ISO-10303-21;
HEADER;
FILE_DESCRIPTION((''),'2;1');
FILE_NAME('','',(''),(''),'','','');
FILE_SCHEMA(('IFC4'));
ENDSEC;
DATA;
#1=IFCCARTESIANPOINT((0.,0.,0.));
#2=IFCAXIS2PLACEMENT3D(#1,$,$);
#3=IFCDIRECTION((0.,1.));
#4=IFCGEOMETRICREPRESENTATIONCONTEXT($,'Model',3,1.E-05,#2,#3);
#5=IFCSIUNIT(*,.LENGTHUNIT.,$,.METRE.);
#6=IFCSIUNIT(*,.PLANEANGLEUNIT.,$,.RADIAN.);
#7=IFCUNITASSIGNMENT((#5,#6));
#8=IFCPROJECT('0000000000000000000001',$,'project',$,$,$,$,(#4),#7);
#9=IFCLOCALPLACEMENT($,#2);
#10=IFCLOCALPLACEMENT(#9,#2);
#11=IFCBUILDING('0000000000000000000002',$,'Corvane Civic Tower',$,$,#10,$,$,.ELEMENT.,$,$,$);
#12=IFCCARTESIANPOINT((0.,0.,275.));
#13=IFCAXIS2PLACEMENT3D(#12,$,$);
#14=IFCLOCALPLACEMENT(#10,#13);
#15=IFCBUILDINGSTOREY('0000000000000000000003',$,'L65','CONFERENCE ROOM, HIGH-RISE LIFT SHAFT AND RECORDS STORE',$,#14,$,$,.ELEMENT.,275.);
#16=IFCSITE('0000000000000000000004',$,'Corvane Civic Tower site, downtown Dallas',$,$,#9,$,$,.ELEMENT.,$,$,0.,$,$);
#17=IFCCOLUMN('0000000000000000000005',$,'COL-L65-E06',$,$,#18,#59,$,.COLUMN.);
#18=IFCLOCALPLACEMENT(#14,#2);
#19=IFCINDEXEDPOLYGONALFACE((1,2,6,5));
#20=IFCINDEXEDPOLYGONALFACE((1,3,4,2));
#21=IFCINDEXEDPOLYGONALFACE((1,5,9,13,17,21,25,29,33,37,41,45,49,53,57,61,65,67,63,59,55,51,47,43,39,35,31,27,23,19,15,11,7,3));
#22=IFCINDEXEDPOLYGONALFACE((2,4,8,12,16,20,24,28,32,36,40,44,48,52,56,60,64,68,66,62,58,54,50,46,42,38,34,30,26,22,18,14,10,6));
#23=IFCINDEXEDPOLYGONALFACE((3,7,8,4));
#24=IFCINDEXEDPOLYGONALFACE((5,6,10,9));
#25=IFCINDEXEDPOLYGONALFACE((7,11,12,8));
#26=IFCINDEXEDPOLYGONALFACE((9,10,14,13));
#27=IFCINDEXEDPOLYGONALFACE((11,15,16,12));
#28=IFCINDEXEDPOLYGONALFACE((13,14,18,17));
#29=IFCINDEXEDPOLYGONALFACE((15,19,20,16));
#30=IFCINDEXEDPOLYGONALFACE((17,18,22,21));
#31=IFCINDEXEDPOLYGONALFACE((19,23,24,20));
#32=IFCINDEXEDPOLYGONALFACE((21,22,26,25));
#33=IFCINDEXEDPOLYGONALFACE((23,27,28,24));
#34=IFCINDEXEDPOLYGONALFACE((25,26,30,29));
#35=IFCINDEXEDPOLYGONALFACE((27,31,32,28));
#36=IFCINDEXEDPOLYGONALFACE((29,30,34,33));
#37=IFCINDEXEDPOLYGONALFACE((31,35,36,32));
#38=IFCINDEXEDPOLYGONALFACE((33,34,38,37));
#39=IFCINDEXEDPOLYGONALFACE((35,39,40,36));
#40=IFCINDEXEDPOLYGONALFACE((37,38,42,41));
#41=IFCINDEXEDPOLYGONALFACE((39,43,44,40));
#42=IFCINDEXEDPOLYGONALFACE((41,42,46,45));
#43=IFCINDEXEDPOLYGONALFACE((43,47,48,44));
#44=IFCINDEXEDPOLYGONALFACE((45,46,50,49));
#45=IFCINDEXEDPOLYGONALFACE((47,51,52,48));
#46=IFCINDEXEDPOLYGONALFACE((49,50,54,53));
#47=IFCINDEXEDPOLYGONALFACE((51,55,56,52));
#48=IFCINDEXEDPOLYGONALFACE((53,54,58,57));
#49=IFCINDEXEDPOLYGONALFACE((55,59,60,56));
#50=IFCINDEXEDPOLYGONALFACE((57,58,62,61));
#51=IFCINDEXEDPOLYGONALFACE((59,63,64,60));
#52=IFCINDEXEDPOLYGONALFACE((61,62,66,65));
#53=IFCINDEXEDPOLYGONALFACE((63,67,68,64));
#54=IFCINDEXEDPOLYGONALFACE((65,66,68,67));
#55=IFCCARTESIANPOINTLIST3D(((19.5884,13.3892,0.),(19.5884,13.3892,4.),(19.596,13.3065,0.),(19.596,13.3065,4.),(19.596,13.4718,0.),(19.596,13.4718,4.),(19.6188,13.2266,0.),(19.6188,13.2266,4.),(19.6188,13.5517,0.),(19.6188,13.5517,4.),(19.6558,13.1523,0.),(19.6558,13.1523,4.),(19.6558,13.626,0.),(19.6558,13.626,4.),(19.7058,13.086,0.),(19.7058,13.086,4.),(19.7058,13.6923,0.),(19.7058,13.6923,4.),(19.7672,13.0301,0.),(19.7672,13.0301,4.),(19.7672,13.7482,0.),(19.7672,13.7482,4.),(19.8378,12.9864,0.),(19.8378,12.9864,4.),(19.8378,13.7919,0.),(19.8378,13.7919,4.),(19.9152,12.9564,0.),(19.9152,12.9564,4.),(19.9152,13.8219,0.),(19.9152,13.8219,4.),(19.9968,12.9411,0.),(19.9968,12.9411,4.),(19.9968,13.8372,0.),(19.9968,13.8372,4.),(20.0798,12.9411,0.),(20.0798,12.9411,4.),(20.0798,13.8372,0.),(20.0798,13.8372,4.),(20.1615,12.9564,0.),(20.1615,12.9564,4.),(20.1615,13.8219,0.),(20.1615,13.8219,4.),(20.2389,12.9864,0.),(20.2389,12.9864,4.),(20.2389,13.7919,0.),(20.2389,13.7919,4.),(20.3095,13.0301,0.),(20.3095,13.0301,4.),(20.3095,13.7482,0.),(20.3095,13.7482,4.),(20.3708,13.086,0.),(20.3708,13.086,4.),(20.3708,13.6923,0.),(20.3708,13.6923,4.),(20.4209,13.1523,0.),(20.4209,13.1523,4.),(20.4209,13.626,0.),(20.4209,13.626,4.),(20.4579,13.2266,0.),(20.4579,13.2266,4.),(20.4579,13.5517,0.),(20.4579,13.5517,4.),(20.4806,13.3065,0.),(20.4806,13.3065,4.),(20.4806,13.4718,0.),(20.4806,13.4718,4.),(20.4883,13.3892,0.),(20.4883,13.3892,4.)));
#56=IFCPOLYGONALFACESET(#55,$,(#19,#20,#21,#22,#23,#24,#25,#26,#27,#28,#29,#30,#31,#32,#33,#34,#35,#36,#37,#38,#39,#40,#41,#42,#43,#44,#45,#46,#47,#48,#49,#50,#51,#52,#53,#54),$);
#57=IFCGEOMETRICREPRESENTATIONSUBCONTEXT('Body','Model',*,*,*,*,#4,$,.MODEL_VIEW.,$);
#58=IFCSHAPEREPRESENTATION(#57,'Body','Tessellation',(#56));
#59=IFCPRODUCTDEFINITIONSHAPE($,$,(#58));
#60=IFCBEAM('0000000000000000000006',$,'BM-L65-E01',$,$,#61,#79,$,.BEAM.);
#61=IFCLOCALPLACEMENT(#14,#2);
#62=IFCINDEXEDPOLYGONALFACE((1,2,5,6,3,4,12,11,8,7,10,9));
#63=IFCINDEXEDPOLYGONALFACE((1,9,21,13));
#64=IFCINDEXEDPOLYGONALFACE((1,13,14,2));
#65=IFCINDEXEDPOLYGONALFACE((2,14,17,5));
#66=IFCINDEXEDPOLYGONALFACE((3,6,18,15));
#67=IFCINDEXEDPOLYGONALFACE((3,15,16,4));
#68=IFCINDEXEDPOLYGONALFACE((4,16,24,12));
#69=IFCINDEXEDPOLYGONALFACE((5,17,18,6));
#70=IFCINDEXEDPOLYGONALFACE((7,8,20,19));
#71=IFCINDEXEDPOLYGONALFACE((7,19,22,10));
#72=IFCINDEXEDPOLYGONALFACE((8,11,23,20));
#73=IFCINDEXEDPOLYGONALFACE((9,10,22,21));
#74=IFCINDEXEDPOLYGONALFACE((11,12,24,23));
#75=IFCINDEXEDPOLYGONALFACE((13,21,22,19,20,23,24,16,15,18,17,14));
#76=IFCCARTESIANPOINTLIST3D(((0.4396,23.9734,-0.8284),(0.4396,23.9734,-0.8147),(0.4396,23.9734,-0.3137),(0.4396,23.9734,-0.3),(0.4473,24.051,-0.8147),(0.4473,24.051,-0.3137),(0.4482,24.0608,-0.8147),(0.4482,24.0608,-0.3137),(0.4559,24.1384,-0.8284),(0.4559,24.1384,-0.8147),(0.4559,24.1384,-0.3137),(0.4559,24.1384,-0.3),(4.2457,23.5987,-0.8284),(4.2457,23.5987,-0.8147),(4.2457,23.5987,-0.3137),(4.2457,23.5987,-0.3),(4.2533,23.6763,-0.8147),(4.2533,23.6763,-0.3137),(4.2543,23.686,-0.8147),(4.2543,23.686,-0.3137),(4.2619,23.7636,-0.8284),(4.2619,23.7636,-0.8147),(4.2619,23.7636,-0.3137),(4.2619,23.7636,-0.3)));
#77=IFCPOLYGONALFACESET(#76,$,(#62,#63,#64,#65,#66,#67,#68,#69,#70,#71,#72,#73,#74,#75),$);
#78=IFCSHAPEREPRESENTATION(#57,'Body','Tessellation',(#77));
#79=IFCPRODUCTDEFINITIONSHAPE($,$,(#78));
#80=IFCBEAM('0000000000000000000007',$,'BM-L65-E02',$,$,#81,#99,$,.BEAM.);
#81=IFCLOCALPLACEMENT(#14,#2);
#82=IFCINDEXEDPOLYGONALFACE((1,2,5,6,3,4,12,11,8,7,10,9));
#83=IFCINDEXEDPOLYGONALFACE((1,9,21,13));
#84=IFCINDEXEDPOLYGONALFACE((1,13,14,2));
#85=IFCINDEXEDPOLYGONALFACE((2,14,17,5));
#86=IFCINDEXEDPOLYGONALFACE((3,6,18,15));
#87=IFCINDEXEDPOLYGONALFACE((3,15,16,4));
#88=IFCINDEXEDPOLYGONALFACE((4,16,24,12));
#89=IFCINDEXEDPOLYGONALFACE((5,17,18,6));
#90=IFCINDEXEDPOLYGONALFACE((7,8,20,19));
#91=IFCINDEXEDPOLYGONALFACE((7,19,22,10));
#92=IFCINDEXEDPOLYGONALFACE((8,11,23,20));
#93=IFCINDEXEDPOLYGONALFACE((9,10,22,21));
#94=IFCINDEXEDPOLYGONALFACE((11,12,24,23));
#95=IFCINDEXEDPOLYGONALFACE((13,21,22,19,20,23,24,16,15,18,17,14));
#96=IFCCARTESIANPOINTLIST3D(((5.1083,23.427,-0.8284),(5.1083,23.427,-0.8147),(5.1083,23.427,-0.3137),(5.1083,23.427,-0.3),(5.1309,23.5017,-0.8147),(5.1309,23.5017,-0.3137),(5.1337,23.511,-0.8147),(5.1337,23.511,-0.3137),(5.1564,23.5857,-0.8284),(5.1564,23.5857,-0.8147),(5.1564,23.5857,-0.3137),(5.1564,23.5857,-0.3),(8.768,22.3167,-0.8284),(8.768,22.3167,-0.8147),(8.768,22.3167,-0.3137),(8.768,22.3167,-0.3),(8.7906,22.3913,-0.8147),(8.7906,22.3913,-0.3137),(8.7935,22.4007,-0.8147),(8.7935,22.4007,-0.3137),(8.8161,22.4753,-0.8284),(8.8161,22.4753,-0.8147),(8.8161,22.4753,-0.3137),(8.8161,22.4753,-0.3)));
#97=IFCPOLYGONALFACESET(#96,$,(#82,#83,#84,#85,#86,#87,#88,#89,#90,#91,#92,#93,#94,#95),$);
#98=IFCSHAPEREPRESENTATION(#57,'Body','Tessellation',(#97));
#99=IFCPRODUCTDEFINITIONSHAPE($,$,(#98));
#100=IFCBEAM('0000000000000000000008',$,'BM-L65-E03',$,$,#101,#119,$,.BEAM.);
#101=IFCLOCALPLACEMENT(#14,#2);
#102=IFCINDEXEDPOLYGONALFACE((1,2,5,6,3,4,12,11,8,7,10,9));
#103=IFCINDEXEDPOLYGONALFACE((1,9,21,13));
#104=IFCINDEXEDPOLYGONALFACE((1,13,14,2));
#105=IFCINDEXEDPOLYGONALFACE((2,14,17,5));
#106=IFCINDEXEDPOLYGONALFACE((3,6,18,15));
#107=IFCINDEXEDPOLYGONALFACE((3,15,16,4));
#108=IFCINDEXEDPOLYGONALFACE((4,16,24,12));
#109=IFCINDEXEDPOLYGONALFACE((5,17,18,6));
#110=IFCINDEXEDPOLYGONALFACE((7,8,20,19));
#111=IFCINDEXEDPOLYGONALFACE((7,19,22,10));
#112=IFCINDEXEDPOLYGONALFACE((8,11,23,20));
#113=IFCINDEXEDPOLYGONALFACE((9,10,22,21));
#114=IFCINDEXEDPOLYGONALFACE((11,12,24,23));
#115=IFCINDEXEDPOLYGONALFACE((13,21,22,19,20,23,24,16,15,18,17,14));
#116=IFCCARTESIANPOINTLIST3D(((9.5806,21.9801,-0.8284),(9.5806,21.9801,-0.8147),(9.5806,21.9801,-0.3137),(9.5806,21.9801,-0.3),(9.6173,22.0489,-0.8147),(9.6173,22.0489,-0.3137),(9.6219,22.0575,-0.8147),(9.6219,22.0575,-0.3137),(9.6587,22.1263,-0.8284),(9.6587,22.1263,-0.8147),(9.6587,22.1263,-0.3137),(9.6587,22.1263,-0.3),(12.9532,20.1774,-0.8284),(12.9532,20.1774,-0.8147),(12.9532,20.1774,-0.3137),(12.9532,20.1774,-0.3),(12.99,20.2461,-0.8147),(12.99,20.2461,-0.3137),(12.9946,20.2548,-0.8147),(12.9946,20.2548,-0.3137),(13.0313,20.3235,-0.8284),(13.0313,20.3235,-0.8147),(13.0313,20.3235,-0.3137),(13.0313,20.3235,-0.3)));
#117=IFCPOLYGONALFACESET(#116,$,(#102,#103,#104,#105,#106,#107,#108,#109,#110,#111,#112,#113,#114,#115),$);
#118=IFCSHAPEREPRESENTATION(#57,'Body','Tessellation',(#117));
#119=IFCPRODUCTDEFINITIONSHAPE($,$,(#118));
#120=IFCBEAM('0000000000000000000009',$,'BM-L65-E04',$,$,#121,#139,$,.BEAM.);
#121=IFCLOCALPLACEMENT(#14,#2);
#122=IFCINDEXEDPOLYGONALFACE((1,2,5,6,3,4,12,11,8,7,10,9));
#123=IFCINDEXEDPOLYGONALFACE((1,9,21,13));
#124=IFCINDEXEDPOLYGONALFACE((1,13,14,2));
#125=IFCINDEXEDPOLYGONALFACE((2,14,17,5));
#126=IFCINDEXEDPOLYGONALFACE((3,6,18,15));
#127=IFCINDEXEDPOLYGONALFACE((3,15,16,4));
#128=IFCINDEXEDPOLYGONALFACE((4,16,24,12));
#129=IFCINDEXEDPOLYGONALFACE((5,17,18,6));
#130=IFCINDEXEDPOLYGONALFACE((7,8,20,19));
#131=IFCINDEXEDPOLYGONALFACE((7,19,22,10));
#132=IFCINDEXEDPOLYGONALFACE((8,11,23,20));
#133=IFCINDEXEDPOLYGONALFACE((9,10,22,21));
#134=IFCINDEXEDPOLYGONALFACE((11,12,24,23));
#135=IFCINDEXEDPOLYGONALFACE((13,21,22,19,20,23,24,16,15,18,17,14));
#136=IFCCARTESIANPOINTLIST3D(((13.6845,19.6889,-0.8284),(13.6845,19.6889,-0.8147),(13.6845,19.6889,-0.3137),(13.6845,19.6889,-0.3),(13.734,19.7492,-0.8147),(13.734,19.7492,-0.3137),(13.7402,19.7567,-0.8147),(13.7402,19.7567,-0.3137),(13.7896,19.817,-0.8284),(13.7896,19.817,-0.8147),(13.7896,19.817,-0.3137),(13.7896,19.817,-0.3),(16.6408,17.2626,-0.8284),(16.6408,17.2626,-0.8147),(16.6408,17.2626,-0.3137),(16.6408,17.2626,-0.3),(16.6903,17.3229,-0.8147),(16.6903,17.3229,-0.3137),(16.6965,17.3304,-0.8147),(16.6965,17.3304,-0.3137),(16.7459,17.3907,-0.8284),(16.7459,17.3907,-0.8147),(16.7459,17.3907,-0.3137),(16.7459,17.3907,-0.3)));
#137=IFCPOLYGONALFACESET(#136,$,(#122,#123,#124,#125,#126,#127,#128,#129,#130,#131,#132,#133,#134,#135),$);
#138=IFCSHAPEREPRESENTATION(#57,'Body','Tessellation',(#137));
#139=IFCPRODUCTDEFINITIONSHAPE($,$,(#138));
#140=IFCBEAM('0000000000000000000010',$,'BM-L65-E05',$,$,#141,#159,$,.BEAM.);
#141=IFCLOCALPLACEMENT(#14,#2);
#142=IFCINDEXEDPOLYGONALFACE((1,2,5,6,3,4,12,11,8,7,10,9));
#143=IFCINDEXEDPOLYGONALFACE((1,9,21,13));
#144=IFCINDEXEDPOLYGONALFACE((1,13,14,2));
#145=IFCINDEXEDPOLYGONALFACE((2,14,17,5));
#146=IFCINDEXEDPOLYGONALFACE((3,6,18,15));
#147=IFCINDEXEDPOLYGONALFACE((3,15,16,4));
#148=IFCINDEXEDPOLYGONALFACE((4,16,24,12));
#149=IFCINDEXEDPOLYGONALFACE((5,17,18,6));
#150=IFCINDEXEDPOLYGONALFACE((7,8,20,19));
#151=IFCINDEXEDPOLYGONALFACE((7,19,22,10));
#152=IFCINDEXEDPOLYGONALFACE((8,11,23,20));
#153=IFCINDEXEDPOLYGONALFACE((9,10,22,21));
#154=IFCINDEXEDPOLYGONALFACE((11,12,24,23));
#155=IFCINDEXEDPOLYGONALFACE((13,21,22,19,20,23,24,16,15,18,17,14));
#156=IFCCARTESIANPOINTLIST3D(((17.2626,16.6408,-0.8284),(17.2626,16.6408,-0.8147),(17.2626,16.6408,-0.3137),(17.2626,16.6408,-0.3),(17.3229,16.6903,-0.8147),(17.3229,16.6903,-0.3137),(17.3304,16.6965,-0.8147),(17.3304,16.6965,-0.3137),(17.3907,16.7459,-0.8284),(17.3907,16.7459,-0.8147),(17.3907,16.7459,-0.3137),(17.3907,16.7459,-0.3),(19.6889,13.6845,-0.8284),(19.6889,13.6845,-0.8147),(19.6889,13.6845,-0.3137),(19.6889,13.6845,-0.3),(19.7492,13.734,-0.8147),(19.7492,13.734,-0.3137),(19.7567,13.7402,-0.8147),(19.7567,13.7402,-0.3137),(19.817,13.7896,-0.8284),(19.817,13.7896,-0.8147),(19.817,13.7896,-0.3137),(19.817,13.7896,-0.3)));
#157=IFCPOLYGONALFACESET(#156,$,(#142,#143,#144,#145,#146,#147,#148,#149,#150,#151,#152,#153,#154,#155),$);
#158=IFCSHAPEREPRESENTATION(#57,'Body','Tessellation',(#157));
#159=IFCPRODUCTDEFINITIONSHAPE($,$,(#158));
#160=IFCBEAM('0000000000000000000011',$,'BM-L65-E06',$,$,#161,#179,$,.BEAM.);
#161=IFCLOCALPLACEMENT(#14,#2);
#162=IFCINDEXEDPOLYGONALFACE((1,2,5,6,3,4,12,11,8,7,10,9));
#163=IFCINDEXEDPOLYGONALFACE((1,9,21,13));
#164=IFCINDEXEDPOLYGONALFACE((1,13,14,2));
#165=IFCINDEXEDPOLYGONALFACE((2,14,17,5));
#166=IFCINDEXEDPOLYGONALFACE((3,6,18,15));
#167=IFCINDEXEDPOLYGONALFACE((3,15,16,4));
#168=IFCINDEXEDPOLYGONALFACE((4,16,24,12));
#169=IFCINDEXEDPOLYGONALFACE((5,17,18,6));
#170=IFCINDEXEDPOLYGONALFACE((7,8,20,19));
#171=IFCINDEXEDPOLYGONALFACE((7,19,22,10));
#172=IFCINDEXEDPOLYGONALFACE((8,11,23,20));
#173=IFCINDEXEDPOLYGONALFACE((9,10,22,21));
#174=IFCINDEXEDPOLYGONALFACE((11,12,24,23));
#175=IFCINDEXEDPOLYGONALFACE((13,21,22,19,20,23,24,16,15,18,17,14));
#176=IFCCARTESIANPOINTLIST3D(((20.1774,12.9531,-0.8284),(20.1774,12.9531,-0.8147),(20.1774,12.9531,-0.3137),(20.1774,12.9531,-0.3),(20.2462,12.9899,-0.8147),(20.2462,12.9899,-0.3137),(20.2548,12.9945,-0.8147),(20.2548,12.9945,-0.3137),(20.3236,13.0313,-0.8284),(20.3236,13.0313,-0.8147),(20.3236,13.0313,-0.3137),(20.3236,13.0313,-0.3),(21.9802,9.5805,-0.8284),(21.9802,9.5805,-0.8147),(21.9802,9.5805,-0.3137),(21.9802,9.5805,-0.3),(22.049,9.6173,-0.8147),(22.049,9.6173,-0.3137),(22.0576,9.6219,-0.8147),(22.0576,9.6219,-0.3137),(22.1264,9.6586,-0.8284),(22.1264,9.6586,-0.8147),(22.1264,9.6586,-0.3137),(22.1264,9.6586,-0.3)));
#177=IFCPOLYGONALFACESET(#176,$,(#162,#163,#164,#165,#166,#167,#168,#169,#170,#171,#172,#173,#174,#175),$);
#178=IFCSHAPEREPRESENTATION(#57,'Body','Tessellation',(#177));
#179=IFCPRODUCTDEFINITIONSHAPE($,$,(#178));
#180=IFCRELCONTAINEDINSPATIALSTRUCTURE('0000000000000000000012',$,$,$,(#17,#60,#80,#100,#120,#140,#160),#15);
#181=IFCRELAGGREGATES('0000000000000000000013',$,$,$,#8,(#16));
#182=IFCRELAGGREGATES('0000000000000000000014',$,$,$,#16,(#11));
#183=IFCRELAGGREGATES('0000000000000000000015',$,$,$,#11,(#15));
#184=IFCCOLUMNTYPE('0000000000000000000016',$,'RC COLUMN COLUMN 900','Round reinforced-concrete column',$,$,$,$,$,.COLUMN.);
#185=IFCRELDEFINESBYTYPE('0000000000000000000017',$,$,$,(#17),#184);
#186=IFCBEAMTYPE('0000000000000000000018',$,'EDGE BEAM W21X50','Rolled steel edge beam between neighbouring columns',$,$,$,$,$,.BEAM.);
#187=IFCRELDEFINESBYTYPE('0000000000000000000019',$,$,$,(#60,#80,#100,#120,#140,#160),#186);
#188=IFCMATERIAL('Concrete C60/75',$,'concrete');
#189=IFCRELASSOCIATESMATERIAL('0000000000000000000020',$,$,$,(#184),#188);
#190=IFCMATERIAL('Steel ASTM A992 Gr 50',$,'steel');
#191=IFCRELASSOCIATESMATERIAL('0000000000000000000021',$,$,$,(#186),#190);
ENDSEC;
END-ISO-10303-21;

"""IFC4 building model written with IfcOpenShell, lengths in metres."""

from ifc_helpers import new_model, si_unit, direction, frame, origin, origin_2d, place, context, subcontext, project, spatial, circle, i_section, extrude, material, material_profile, profile_set, type_object, element, save


model = new_model("IFC4")

# Units and contexts
model_context = context("Model", 3, precision=1e-05, world=origin(), true_north=direction((0.0, 1.0)))
body_context = subcontext(model_context, "Body", "Model", "MODEL_VIEW")
ifc_project = project(units=[si_unit("LENGTHUNIT", "METRE"), si_unit("PLANEANGLEUNIT", "RADIAN")], contexts=[model_context])

# Site, building, storey
site_placement = place(None, origin())
site = spatial("IfcSite", under=ifc_project, at=site_placement, Name="Corvane Civic Tower site, downtown Dallas", CompositionType="ELEMENT", RefElevation=0.0)
building_placement = place(site_placement, origin())
building = spatial("IfcBuilding", under=site, at=building_placement, Name="Corvane Civic Tower", CompositionType="ELEMENT")
storey_placement = place(building_placement, frame((0.0, 0.0, 275.0)))
storey = spatial("IfcBuildingStorey", under=building, at=storey_placement, Name="L65", Description="CONFERENCE ROOM, HIGH-RISE LIFT SHAFT AND RECORDS STORE", CompositionType="ELEMENT", Elevation=275.0)

# Column
ifc_material_1 = material(Name="Concrete C60/75", Category="concrete")
ifc_material_profile_1 = material_profile(ifc_material_1, circle(Radius=0.45, at=origin_2d()), Name="COLUMN 900")
ifc_profile_set_1 = profile_set([ifc_material_profile_1], Name="Concrete C60/75")
column_type = type_object("IfcColumnType", Name="RC COLUMN COLUMN 900", Description="Round reinforced-concrete column", PredefinedType="COLUMN", material=ifc_profile_set_1)
for number, where, z_axis, x_axis, name in (
    (1, (20.0383, 13.3892, 0.0), (0.0, 0.0, 1.0), (1.0, 0.0, 0.0), "COL-L65-E06"),
):
    element("IfcColumn", number, at=place(storey_placement, frame(where, z_axis=z_axis, x_axis=x_axis)), inside=storey, type_object=column_type, Name=name, PredefinedType="COLUMN", context=body_context, shape_type="SweptSolid", body=[
        extrude(circle(Radius=0.45, at=origin_2d()), origin(), (0.0, 0.0, 1.0), 4.0),
    ])

# Beams
ifc_material_2 = material(Name="Steel ASTM A992 Gr 50", Category="steel")
ifc_material_profile_2 = material_profile(ifc_material_2, i_section(OverallWidth=0.1658, OverallDepth=0.5283, WebThickness=0.0098, FlangeThickness=0.0137, at=origin_2d()), Name="W21X50")
ifc_profile_set_2 = profile_set([ifc_material_profile_2], Name="Steel ASTM A992 Gr 50")
beam_type_1 = type_object("IfcBeamType", Name="EDGE BEAM W21X50", Description="Rolled steel edge beam between neighbouring columns", PredefinedType="BEAM", material=ifc_profile_set_2)
for number, where, z_axis, x_axis, name in (
    (2, (0.4478, 24.0559, -0.5642), (0.995188, -0.097987, 0.0), (0.097987, 0.995188, 0.0), "BM-L65-E01"),
    (3, (5.1323, 23.5063, -0.5642), (0.956926, -0.290333, 0.0), (0.290333, 0.956926, 0.0), "BM-L65-E02"),
):
    element("IfcBeam", number, at=place(storey_placement, frame(where, z_axis=z_axis, x_axis=x_axis)), inside=storey, type_object=beam_type_1, Name=name, PredefinedType="BEAM", context=body_context, shape_type="SweptSolid", body=[
        extrude(i_section(OverallWidth=0.1658, OverallDepth=0.5283, WebThickness=0.0098, FlangeThickness=0.0137, at=origin_2d()), origin(), (0.0, 0.0, 1.0), 3.8245),
    ])
beam_1_placement = place(storey_placement, frame((9.6196, 22.0532, -0.5642), z_axis=(0.881914, -0.47141, 0.0), x_axis=(0.47141, 0.881914, 0.0)))
element("IfcBeam", 4, at=beam_1_placement, inside=storey, type_object=beam_type_1, Name="BM-L65-E03", PredefinedType="BEAM", context=body_context, shape_type="SweptSolid", body=[
    extrude(i_section(OverallWidth=0.1658, OverallDepth=0.5283, WebThickness=0.0098, FlangeThickness=0.0137, at=origin_2d()), origin(), (0.0, 0.0, 1.0), 3.8242),
])
for number, where, z_axis, x_axis, name in (
    (5, (13.7371, 19.7529, -0.5642), (0.772998, -0.634409, 0.0), (0.634409, 0.772998, 0.0), "BM-L65-E04"),
    (6, (17.3267, 16.6934, -0.5642), (0.634409, -0.772998, 0.0), (0.772998, 0.634409, 0.0), "BM-L65-E05"),
):
    element("IfcBeam", number, at=place(storey_placement, frame(where, z_axis=z_axis, x_axis=x_axis)), inside=storey, type_object=beam_type_1, Name=name, PredefinedType="BEAM", context=body_context, shape_type="SweptSolid", body=[
        extrude(i_section(OverallWidth=0.1658, OverallDepth=0.5283, WebThickness=0.0098, FlangeThickness=0.0137, at=origin_2d()), origin(), (0.0, 0.0, 1.0), 3.8245),
    ])
beam_2_placement = place(storey_placement, frame((20.2505, 12.9922, -0.5642), z_axis=(0.47141, -0.881914, 0.0), x_axis=(0.881914, 0.47141, 0.0)))
element("IfcBeam", 7, at=beam_2_placement, inside=storey, type_object=beam_type_1, Name="BM-L65-E06", PredefinedType="BEAM", context=body_context, shape_type="SweptSolid", body=[
    extrude(i_section(OverallWidth=0.1658, OverallDepth=0.5283, WebThickness=0.0098, FlangeThickness=0.0137, at=origin_2d()), origin(), (0.0, 0.0, 1.0), 3.8242),
])

save(model, "model.ifc")
